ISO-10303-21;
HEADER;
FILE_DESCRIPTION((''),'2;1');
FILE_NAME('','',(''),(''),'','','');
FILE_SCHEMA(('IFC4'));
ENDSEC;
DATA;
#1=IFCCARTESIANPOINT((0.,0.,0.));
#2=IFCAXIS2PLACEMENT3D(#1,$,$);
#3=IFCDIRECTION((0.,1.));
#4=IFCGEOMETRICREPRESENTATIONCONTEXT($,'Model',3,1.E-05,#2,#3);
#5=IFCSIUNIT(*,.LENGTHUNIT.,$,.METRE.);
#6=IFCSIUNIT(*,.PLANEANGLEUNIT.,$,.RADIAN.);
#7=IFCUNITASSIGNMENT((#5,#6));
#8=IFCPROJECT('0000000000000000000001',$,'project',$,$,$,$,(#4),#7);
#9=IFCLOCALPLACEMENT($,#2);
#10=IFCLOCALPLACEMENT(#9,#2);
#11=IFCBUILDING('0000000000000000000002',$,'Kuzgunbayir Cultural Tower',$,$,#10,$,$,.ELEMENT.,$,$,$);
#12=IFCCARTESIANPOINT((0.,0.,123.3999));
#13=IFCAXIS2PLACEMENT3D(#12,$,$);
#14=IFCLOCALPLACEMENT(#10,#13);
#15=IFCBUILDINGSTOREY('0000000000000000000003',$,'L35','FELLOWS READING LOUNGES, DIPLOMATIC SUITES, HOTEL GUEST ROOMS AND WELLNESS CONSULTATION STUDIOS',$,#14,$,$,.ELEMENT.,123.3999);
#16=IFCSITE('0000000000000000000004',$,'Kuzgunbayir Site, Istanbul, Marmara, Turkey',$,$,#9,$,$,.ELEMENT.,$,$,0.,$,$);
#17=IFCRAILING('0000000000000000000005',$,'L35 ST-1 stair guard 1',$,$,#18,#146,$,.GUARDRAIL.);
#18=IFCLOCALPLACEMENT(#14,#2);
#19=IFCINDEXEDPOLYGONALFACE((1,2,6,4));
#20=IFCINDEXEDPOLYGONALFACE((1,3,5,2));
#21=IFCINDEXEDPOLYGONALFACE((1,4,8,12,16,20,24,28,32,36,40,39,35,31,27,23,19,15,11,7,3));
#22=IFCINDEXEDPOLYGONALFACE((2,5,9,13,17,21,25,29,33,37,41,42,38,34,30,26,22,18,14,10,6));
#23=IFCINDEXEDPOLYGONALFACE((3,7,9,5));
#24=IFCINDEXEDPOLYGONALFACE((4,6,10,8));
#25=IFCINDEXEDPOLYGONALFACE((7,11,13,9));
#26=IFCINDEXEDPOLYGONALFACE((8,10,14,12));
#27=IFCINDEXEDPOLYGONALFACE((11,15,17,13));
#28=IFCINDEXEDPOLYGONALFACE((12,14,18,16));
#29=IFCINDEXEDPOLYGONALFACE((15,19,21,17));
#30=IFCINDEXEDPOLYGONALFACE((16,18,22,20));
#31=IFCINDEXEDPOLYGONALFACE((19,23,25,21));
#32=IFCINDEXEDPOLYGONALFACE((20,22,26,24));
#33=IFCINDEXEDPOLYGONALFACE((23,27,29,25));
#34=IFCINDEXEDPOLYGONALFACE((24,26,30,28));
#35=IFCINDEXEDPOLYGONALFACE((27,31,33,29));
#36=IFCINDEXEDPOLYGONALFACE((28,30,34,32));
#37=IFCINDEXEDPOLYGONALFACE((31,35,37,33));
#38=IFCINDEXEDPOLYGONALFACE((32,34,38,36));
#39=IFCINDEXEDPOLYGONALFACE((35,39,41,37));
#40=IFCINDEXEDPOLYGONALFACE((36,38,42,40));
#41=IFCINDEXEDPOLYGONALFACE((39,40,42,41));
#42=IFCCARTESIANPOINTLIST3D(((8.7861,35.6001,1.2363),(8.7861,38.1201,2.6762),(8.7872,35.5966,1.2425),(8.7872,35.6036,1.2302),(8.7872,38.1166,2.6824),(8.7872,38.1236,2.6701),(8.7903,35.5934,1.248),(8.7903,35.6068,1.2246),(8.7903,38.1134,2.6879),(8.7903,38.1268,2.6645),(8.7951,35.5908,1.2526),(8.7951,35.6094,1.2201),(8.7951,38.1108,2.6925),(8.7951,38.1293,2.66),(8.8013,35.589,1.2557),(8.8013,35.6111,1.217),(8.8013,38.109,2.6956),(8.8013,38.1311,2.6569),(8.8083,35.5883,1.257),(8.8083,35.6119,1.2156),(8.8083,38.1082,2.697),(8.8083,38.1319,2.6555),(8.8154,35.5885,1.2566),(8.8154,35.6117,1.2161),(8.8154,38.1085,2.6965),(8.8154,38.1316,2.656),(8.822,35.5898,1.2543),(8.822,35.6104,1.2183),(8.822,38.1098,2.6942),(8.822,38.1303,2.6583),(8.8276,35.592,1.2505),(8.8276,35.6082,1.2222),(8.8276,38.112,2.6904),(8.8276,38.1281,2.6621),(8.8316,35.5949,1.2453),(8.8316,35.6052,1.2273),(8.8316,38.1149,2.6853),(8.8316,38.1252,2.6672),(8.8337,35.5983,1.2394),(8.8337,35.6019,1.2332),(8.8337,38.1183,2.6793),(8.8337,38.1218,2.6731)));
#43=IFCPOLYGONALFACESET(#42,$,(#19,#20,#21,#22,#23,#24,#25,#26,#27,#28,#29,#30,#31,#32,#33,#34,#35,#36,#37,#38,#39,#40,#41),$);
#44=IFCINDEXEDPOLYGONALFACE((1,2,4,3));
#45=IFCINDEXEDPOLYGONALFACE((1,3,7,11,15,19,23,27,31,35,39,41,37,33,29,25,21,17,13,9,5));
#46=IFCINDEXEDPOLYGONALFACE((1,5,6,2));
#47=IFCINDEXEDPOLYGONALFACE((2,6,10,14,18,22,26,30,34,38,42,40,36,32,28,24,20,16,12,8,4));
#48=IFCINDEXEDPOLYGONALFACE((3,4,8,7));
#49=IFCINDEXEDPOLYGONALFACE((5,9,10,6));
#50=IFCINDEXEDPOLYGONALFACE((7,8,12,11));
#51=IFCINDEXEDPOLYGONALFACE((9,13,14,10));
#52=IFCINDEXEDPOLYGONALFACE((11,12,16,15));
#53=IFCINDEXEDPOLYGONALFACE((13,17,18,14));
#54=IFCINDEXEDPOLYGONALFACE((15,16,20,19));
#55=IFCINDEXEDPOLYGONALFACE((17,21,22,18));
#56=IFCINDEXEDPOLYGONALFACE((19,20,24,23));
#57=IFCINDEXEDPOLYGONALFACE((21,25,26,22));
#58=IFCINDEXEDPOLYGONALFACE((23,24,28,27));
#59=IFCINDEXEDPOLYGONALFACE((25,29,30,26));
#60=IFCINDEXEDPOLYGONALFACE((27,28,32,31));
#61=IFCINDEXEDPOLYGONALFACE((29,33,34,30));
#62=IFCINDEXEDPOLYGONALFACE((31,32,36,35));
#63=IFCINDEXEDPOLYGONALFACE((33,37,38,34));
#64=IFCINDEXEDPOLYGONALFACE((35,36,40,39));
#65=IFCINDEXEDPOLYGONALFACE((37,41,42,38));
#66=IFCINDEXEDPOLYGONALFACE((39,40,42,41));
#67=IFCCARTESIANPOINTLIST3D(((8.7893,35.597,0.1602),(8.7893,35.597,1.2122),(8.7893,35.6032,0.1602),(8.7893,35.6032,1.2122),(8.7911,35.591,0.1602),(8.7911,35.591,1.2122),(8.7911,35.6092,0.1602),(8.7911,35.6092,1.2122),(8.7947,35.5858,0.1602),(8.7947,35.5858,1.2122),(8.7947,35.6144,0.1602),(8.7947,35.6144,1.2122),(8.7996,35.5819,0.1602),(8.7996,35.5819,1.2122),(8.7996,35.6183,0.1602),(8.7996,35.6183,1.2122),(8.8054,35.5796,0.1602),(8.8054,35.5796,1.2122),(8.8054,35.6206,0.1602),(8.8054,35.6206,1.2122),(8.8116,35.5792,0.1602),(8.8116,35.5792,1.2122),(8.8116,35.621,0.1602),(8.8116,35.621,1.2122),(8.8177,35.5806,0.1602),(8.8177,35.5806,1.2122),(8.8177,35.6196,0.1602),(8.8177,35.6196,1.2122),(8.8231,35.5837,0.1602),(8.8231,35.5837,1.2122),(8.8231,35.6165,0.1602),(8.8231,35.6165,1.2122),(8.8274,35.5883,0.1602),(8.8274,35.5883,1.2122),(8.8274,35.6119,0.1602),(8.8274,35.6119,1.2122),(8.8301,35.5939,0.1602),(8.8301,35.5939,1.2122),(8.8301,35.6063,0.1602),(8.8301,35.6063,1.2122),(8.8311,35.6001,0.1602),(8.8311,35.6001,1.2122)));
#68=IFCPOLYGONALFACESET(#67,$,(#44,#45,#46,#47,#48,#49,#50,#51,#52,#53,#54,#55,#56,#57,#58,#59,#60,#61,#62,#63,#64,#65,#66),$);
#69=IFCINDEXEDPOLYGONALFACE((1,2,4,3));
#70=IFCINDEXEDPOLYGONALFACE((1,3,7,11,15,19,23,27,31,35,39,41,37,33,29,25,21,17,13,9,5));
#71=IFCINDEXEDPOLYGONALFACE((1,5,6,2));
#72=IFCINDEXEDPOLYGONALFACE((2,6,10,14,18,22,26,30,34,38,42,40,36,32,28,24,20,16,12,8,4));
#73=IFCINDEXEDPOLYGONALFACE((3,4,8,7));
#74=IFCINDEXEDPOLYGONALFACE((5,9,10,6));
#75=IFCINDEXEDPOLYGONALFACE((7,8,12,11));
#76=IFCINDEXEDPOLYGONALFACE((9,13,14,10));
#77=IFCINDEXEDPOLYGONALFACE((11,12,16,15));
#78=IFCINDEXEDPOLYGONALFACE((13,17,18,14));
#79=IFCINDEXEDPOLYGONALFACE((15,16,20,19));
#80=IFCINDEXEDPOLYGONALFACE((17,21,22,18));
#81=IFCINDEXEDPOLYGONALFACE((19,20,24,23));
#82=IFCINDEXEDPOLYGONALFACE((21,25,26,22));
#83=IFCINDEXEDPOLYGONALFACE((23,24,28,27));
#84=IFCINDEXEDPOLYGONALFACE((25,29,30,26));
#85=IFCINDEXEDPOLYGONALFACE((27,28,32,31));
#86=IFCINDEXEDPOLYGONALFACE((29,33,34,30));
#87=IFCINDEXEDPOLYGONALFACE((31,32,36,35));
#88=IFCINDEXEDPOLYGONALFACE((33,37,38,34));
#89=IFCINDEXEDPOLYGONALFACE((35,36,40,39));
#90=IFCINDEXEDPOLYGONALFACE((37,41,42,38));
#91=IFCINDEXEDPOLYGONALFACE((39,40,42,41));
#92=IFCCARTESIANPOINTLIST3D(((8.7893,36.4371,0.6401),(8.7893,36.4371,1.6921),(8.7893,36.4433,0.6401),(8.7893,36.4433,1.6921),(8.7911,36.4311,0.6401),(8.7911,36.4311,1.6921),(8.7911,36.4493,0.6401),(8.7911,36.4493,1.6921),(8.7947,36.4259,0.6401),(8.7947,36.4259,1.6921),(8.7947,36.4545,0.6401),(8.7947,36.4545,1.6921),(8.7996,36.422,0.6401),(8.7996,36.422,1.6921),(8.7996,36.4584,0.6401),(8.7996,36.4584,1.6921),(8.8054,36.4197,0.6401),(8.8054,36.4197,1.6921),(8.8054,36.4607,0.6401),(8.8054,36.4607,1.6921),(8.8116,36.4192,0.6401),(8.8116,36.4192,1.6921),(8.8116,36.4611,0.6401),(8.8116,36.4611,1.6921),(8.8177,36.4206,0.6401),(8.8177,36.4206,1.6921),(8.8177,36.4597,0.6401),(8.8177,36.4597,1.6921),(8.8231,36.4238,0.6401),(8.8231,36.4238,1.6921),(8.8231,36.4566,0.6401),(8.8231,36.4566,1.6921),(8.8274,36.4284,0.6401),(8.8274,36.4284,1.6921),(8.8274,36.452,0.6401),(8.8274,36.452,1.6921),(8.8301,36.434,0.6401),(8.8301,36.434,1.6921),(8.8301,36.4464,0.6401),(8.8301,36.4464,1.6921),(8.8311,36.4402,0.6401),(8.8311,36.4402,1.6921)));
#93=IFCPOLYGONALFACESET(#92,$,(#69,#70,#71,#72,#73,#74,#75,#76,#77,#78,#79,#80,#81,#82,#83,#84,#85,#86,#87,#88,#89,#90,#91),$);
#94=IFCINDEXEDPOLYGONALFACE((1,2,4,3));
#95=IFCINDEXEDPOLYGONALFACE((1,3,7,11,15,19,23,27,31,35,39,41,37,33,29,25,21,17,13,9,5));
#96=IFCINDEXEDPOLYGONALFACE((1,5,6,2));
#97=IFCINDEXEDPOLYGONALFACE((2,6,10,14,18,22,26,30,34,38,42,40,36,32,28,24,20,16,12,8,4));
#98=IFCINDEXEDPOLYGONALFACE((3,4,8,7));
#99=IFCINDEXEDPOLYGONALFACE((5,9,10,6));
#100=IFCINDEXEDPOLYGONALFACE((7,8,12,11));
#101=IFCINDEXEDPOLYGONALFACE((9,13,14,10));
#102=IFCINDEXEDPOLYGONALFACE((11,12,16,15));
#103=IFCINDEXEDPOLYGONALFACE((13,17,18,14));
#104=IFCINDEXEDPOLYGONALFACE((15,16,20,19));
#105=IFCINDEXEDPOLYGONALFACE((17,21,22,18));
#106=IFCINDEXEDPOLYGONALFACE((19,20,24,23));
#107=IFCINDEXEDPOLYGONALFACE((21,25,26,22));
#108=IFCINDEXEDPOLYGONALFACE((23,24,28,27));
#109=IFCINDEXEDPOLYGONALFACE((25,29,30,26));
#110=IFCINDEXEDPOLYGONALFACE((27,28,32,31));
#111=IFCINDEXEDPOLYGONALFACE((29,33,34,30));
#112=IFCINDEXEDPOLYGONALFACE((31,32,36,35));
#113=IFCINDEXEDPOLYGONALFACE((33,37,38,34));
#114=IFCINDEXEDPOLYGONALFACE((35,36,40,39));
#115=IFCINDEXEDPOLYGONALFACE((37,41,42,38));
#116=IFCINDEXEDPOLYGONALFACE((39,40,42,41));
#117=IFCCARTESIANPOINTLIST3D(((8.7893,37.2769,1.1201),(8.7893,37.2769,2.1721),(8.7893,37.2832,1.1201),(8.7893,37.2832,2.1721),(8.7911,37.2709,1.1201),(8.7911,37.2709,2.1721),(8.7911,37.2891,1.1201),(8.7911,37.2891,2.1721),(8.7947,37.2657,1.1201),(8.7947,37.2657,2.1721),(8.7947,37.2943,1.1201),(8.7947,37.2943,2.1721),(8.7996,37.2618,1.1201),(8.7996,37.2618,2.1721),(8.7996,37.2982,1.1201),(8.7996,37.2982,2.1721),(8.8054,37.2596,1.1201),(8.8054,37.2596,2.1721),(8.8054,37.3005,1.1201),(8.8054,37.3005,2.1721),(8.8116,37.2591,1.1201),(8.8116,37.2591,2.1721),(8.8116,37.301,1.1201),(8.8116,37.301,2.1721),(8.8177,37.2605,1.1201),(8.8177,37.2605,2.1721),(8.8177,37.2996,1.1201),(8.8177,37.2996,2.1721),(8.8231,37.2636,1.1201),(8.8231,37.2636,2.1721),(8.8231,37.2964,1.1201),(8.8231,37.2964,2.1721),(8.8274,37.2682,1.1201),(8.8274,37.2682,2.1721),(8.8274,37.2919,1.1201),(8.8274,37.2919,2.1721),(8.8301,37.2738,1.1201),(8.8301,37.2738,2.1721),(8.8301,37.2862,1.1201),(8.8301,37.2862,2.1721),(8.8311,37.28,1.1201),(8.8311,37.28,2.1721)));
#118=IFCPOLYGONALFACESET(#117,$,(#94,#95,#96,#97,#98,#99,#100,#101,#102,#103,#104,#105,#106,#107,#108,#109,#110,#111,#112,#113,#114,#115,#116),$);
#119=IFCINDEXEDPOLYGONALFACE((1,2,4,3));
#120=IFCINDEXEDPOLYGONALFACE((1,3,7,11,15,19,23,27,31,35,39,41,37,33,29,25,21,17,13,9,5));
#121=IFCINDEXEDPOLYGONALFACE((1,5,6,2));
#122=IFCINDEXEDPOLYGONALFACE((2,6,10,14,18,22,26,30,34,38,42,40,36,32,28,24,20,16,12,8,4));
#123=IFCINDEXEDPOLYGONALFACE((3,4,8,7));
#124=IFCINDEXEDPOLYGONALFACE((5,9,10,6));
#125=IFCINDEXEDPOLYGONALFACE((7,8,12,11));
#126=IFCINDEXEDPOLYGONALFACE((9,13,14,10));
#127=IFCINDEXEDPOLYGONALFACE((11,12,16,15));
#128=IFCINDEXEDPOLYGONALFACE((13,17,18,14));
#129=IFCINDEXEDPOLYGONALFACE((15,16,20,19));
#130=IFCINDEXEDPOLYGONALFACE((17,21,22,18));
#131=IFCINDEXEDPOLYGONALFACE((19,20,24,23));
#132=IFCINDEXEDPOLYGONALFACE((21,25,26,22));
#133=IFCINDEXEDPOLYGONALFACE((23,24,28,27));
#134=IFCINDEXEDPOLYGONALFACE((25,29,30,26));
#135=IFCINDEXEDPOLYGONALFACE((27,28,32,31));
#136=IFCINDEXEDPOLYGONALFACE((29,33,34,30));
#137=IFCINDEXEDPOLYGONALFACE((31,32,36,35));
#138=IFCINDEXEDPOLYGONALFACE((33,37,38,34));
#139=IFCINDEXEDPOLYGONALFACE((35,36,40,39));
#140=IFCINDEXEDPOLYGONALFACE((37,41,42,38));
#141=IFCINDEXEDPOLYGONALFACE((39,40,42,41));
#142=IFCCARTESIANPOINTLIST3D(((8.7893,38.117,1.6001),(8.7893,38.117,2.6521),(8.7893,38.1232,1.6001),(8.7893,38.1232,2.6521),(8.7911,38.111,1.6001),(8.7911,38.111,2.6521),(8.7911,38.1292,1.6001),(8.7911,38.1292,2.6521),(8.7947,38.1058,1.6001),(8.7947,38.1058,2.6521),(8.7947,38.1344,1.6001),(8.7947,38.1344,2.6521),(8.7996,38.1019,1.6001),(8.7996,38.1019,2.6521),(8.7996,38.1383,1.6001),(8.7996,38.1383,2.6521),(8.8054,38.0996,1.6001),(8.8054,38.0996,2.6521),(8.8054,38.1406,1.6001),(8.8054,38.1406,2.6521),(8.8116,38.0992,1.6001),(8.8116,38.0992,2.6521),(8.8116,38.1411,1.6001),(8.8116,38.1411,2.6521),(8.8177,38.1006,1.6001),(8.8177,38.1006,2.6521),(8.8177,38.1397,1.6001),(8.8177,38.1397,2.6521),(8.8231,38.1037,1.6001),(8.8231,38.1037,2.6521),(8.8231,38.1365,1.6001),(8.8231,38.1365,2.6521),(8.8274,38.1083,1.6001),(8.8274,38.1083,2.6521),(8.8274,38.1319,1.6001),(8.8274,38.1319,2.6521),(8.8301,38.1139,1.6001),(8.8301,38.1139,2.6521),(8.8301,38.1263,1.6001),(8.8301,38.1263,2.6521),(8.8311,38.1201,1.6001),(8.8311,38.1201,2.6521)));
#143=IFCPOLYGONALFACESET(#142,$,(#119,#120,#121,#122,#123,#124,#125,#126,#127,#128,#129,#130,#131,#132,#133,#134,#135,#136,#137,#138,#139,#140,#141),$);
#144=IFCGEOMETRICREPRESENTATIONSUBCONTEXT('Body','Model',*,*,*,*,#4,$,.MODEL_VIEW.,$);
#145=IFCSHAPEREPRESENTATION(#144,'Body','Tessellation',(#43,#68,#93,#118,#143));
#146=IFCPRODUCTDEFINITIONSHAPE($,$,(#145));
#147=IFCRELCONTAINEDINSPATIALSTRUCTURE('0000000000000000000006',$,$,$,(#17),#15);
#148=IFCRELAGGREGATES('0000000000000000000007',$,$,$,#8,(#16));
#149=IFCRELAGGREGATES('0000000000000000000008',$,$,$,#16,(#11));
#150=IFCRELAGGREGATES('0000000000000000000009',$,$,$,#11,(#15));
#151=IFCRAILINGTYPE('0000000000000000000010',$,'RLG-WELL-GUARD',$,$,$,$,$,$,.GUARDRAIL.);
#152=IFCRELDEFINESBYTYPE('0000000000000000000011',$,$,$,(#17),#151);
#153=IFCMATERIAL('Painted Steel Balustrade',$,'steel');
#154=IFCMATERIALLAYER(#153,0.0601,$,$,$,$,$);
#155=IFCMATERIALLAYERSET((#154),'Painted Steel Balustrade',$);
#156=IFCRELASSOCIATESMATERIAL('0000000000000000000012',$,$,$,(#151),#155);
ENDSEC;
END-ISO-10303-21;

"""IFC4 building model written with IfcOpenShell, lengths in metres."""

from ifc_helpers import new_model, si_unit, direction, frame, origin, origin_2d, place, context, subcontext, project, spatial, circle, extrude, material, layer, layer_set, type_object, element, save


model = new_model("IFC4")

# Units and contexts
model_context = context("Model", 3, precision=1e-05, world=origin(), true_north=direction((0.0, 1.0)))
body_context = subcontext(model_context, "Body", "Model", "MODEL_VIEW")
ifc_project = project(units=[si_unit("LENGTHUNIT", "METRE"), si_unit("PLANEANGLEUNIT", "RADIAN")], contexts=[model_context])

# Site, building, storey
site_placement = place(None, origin())
site = spatial("IfcSite", under=ifc_project, at=site_placement, Name="Kuzgunbayir Site, Istanbul, Marmara, Turkey", CompositionType="ELEMENT", RefElevation=0.0)
building_placement = place(site_placement, origin())
building = spatial("IfcBuilding", under=site, at=building_placement, Name="Kuzgunbayir Cultural Tower", CompositionType="ELEMENT")
storey_placement = place(building_placement, frame((0.0, 0.0, 123.3999)))
storey = spatial("IfcBuildingStorey", under=building, at=storey_placement, Name="L35", Description="FELLOWS READING LOUNGES, DIPLOMATIC SUITES, HOTEL GUEST ROOMS AND WELLNESS CONSULTATION STUDIOS", CompositionType="ELEMENT", Elevation=123.3999)

# Railing
ifc_material_1 = material(Name="Painted Steel Balustrade", Category="steel")
ifc_layer_1 = layer(ifc_material_1, 0.0601)
ifc_layer_set_1 = layer_set([ifc_layer_1], Name="Painted Steel Balustrade")
railing_type_1 = type_object("IfcRailingType", Name="RLG-WELL-GUARD", PredefinedType="GUARDRAIL", material=ifc_layer_set_1)
railing_1_placement = place(storey_placement, frame((8.8101, 35.6001, 0.1602)))
element("IfcRailing", 1, at=railing_1_placement, inside=storey, type_object=railing_type_1, Name="L35 ST-1 stair guard 1", PredefinedType="GUARDRAIL", context=body_context, shape_type="SweptSolid", body=[
    extrude(circle(Radius=0.0239, at=origin_2d()), frame((0.0, 0.0, 1.0762), z_axis=(0.0, 0.868253, 0.496121), x_axis=(-1.0, 0.0, 0.0)), (0.0, 0.0, 1.0), 2.9023),
    extrude(circle(Radius=0.021, at=origin_2d()), origin(), (0.0, 0.0, 1.0), 1.052),
    extrude(circle(Radius=0.021, at=origin_2d()), frame((0.0, 0.8401, 0.48)), (0.0, 0.0, 1.0), 1.052),
    extrude(circle(Radius=0.021, at=origin_2d()), frame((0.0, 1.6799, 0.96)), (0.0, 0.0, 1.0), 1.052),
    extrude(circle(Radius=0.021, at=origin_2d()), frame((0.0, 2.52, 1.4399)), (0.0, 0.0, 1.0), 1.052),
])

save(model, "model.ifc")
